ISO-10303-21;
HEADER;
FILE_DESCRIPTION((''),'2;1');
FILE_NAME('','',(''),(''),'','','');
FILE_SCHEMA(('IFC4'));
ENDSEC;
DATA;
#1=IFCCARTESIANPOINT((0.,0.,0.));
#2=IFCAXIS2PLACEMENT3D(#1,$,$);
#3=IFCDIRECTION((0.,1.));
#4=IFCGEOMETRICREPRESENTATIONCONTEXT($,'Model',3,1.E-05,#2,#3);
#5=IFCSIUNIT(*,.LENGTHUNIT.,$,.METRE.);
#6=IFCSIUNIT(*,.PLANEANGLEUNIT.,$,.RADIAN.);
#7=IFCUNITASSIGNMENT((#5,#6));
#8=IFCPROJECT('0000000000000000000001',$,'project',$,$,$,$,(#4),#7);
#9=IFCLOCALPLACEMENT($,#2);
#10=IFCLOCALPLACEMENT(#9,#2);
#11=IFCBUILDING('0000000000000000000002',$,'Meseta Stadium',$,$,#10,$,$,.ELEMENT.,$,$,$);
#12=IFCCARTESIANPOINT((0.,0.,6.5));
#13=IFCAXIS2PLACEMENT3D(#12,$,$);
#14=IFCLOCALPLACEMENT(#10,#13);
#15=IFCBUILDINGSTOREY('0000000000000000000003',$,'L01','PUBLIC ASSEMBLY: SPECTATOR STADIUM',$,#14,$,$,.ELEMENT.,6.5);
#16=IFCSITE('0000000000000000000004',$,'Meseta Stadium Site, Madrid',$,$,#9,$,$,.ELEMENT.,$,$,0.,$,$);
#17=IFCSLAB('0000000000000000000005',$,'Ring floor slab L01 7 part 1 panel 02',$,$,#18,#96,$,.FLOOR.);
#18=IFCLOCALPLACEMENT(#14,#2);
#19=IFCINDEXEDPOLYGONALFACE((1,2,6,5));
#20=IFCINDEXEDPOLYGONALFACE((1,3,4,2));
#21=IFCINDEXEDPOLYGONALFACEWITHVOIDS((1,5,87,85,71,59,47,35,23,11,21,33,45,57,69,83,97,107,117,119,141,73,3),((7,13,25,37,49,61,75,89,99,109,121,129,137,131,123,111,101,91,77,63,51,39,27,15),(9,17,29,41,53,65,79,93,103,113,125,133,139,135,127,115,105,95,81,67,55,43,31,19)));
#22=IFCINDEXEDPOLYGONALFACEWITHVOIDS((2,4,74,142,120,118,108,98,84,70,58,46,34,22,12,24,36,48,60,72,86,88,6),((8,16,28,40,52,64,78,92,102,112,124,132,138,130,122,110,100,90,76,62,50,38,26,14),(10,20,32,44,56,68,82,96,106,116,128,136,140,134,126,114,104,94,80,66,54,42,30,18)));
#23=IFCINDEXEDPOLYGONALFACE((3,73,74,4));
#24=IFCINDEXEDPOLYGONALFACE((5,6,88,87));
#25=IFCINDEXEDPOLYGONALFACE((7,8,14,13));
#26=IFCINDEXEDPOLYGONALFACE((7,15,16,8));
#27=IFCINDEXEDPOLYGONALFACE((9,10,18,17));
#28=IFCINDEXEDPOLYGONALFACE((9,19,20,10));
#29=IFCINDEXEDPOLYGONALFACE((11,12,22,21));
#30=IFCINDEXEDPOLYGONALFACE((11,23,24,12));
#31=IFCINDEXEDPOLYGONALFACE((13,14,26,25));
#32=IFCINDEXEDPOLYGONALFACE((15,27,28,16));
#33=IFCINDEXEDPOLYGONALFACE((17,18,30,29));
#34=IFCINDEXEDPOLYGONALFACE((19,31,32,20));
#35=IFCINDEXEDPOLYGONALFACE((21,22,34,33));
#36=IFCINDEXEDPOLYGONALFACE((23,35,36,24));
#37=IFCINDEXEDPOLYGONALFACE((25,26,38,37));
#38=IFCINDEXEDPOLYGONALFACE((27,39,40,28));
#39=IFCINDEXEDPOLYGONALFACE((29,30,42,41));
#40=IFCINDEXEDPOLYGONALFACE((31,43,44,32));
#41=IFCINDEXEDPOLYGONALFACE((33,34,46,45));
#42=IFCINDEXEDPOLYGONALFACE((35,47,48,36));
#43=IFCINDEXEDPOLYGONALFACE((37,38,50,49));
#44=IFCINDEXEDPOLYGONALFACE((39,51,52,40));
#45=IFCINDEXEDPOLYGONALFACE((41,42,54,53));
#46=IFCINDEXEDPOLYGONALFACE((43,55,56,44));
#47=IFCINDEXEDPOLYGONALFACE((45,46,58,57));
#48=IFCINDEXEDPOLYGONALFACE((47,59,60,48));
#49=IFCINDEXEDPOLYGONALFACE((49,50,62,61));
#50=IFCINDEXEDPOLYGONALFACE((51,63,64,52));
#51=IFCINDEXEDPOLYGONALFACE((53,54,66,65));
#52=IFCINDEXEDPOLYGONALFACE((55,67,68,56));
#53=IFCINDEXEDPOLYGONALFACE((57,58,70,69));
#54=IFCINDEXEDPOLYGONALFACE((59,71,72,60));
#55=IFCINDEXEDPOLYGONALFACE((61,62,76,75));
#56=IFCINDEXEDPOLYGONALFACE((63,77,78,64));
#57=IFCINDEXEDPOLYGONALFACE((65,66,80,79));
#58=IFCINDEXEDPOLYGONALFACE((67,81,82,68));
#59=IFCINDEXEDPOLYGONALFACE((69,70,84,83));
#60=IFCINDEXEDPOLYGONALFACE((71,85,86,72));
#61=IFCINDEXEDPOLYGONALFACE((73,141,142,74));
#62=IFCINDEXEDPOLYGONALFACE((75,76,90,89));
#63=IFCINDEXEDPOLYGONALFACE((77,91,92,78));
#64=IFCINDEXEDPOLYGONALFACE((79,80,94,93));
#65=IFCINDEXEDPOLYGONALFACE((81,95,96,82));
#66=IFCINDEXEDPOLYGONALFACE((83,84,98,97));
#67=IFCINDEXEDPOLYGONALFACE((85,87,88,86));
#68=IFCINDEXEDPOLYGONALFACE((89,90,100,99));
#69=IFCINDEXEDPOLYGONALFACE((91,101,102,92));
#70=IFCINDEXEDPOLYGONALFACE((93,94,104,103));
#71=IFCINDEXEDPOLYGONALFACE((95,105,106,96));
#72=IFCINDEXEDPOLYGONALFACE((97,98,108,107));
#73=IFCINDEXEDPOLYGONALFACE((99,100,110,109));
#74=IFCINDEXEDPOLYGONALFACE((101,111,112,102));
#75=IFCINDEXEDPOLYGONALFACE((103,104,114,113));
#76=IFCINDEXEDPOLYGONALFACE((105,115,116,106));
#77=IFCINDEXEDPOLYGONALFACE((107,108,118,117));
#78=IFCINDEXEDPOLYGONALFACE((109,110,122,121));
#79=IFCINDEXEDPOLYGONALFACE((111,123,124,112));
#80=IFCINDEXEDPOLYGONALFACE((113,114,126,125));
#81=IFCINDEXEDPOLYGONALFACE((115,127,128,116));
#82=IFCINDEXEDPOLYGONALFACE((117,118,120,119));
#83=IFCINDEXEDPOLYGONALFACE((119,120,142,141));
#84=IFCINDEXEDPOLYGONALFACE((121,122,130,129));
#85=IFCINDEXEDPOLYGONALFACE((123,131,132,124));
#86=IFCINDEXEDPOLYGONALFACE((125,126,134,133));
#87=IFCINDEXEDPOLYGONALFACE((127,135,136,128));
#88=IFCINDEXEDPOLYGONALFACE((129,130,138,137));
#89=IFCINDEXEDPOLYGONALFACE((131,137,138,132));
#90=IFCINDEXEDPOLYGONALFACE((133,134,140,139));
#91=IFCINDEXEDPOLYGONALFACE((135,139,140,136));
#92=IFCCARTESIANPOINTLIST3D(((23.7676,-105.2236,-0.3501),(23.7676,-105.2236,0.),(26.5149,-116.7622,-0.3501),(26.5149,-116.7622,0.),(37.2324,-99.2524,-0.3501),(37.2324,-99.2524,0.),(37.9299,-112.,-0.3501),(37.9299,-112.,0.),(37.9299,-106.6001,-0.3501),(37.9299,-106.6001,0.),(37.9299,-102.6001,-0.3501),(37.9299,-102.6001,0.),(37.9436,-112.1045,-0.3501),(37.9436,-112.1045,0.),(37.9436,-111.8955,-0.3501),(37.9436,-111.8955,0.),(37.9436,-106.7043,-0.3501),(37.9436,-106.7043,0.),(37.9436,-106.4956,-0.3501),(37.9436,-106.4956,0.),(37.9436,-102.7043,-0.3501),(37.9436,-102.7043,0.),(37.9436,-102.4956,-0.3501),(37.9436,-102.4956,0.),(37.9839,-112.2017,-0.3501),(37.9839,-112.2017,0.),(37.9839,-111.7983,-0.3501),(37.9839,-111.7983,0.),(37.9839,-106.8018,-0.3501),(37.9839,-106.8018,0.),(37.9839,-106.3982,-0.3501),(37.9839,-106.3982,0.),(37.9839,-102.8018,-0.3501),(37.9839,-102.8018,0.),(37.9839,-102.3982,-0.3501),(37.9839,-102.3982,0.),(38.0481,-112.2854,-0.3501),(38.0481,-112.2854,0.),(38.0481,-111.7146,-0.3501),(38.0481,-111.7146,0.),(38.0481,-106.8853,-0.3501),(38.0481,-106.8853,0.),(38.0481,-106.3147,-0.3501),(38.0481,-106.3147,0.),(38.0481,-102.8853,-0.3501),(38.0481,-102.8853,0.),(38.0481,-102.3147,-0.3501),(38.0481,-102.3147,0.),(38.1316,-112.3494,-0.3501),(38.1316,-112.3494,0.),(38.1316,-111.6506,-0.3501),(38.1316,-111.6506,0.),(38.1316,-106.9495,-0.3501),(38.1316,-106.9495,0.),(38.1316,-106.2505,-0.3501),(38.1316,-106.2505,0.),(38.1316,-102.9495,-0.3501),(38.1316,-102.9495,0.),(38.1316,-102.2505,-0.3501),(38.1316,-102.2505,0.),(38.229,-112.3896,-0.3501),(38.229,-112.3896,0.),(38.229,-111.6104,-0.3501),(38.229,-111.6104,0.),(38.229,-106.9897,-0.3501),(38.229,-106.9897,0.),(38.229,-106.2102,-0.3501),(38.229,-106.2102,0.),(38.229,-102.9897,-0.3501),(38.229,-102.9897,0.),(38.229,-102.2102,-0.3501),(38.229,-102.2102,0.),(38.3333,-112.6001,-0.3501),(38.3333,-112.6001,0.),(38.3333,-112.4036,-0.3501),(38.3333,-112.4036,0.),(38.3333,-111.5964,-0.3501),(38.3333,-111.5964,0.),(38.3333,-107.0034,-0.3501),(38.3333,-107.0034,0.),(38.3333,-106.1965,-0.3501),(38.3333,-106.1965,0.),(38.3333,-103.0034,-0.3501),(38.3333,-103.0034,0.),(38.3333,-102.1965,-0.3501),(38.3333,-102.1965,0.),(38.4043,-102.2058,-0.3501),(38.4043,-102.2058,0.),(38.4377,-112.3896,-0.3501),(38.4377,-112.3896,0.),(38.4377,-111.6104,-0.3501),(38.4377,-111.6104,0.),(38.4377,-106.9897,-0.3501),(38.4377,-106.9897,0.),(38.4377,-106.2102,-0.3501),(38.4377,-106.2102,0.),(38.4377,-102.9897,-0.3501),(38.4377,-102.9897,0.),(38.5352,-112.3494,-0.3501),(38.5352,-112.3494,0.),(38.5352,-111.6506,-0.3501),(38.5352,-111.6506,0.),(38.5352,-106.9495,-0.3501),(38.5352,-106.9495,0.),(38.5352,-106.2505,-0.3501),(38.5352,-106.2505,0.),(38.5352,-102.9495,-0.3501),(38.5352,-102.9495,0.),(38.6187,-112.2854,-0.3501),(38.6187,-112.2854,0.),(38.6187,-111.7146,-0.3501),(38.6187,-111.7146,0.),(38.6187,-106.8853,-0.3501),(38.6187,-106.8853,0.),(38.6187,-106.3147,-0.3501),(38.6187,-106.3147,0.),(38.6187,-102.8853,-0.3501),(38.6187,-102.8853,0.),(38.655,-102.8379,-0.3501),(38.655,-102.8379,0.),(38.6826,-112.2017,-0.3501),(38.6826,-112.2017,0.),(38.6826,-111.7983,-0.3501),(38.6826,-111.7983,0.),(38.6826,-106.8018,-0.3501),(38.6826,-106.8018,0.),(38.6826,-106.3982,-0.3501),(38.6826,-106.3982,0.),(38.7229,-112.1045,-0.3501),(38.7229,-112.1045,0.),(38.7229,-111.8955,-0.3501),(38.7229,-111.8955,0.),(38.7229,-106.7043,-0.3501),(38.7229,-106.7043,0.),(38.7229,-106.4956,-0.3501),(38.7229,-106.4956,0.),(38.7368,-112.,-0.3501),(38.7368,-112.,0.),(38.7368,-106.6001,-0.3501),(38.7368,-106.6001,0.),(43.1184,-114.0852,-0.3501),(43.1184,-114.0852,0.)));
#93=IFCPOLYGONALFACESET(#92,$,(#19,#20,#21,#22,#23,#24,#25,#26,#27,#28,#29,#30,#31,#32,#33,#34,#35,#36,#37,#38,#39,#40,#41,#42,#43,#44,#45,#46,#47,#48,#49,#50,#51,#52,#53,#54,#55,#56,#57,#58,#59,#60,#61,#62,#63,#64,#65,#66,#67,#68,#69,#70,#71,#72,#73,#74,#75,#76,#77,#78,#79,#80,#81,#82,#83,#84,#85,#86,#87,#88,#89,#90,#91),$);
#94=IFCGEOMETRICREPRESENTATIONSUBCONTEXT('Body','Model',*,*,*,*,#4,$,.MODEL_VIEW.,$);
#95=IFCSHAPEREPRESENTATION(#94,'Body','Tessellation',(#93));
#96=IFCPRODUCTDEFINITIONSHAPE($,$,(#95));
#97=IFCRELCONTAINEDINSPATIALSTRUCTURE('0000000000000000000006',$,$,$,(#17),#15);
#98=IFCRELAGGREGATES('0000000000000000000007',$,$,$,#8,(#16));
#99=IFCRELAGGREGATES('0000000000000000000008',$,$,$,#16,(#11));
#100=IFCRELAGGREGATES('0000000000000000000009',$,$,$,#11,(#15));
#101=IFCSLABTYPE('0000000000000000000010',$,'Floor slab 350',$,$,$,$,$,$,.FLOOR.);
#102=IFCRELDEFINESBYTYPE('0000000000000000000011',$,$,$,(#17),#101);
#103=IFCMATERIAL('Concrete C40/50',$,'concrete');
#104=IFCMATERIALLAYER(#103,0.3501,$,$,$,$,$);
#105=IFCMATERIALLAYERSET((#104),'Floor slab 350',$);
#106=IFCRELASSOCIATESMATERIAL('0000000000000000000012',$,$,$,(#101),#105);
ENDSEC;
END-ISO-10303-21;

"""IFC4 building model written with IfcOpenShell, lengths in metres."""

from ifc_helpers import new_model, si_unit, direction, frame, origin, place, context, subcontext, project, spatial, polyline, outline, extrude, material, layer, layer_set, type_object, element, save


model = new_model("IFC4")

# Units and contexts
model_context = context("Model", 3, precision=1e-05, world=origin(), true_north=direction((0.0, 1.0)))
body_context = subcontext(model_context, "Body", "Model", "MODEL_VIEW")
ifc_project = project(units=[si_unit("LENGTHUNIT", "METRE"), si_unit("PLANEANGLEUNIT", "RADIAN")], contexts=[model_context])

# Site, building, storey
site_placement = place(None, origin())
site = spatial("IfcSite", under=ifc_project, at=site_placement, Name="Meseta Stadium Site, Madrid", CompositionType="ELEMENT", RefElevation=0.0)
building_placement = place(site_placement, origin())
building = spatial("IfcBuilding", under=site, at=building_placement, Name="Meseta Stadium", CompositionType="ELEMENT")
storey_placement = place(building_placement, frame((0.0, 0.0, 6.5)))
storey = spatial("IfcBuildingStorey", under=building, at=storey_placement, Name="L01", Description="PUBLIC ASSEMBLY: SPECTATOR STADIUM", CompositionType="ELEMENT", Elevation=6.5)

# Slab
ifc_material_1 = material(Name="Concrete C40/50", Category="concrete")
ifc_layer = layer(ifc_material_1, 0.3501)
ifc_layer_set = layer_set([ifc_layer], Name="Floor slab 350")
slab_type = type_object("IfcSlabType", Name="Floor slab 350", PredefinedType="FLOOR", material=ifc_layer_set)
slab_1_placement = place(storey_placement, frame((0.0, 0.0, -0.3501)))
element("IfcSlab", 1, at=slab_1_placement, inside=storey, type_object=slab_type, Name="Ring floor slab L01 7 part 1 panel 02", PredefinedType="FLOOR", context=body_context, shape_type="SweptSolid", body=[
    extrude(outline(polyline([(38.3333, -102.1965), (38.4043, -102.2058), (37.2324, -99.2524), (23.7676, -105.2236), (26.5149, -116.7622), (38.3333, -112.6001), (43.1184, -114.0852), (38.655, -102.8379), (38.6187, -102.8853), (38.5352, -102.9495), (38.4377, -102.9897), (38.3333, -103.0034), (38.229, -102.9897), (38.1316, -102.9495), (38.0481, -102.8853), (37.9839, -102.8018), (37.9436, -102.7043), (37.9299, -102.6001), (37.9436, -102.4956), (37.9839, -102.3982), (38.0481, -102.3147), (38.1316, -102.2505), (38.229, -102.2102), (38.3333, -102.1965)]), holes=[polyline([(38.6826, -111.7983), (38.7229, -111.8955), (38.7368, -112.0), (38.7229, -112.1045), (38.6826, -112.2017), (38.6187, -112.2854), (38.5352, -112.3494), (38.4377, -112.3896), (38.3333, -112.4036), (38.229, -112.3896), (38.1316, -112.3494), (38.0481, -112.2854), (37.9839, -112.2017), (37.9436, -112.1045), (37.9299, -112.0), (37.9436, -111.8955), (37.9839, -111.7983), (38.0481, -111.7146), (38.1316, -111.6506), (38.229, -111.6104), (38.3333, -111.5964), (38.4377, -111.6104), (38.5352, -111.6506), (38.6187, -111.7146), (38.6826, -111.7983)]), polyline([(38.5352, -106.2505), (38.6187, -106.3147), (38.6826, -106.3982), (38.7229, -106.4956), (38.7368, -106.6001), (38.7229, -106.7043), (38.6826, -106.8018), (38.6187, -106.8853), (38.5352, -106.9495), (38.4377, -106.9897), (38.3333, -107.0034), (38.229, -106.9897), (38.1316, -106.9495), (38.0481, -106.8853), (37.9839, -106.8018), (37.9436, -106.7043), (37.9299, -106.6001), (37.9436, -106.4956), (37.9839, -106.3982), (38.0481, -106.3147), (38.1316, -106.2505), (38.229, -106.2102), (38.3333, -106.1965), (38.4377, -106.2102), (38.5352, -106.2505)])]), origin(), (0.0, 0.0, 1.0), 0.3501),
])

save(model, "model.ifc")
